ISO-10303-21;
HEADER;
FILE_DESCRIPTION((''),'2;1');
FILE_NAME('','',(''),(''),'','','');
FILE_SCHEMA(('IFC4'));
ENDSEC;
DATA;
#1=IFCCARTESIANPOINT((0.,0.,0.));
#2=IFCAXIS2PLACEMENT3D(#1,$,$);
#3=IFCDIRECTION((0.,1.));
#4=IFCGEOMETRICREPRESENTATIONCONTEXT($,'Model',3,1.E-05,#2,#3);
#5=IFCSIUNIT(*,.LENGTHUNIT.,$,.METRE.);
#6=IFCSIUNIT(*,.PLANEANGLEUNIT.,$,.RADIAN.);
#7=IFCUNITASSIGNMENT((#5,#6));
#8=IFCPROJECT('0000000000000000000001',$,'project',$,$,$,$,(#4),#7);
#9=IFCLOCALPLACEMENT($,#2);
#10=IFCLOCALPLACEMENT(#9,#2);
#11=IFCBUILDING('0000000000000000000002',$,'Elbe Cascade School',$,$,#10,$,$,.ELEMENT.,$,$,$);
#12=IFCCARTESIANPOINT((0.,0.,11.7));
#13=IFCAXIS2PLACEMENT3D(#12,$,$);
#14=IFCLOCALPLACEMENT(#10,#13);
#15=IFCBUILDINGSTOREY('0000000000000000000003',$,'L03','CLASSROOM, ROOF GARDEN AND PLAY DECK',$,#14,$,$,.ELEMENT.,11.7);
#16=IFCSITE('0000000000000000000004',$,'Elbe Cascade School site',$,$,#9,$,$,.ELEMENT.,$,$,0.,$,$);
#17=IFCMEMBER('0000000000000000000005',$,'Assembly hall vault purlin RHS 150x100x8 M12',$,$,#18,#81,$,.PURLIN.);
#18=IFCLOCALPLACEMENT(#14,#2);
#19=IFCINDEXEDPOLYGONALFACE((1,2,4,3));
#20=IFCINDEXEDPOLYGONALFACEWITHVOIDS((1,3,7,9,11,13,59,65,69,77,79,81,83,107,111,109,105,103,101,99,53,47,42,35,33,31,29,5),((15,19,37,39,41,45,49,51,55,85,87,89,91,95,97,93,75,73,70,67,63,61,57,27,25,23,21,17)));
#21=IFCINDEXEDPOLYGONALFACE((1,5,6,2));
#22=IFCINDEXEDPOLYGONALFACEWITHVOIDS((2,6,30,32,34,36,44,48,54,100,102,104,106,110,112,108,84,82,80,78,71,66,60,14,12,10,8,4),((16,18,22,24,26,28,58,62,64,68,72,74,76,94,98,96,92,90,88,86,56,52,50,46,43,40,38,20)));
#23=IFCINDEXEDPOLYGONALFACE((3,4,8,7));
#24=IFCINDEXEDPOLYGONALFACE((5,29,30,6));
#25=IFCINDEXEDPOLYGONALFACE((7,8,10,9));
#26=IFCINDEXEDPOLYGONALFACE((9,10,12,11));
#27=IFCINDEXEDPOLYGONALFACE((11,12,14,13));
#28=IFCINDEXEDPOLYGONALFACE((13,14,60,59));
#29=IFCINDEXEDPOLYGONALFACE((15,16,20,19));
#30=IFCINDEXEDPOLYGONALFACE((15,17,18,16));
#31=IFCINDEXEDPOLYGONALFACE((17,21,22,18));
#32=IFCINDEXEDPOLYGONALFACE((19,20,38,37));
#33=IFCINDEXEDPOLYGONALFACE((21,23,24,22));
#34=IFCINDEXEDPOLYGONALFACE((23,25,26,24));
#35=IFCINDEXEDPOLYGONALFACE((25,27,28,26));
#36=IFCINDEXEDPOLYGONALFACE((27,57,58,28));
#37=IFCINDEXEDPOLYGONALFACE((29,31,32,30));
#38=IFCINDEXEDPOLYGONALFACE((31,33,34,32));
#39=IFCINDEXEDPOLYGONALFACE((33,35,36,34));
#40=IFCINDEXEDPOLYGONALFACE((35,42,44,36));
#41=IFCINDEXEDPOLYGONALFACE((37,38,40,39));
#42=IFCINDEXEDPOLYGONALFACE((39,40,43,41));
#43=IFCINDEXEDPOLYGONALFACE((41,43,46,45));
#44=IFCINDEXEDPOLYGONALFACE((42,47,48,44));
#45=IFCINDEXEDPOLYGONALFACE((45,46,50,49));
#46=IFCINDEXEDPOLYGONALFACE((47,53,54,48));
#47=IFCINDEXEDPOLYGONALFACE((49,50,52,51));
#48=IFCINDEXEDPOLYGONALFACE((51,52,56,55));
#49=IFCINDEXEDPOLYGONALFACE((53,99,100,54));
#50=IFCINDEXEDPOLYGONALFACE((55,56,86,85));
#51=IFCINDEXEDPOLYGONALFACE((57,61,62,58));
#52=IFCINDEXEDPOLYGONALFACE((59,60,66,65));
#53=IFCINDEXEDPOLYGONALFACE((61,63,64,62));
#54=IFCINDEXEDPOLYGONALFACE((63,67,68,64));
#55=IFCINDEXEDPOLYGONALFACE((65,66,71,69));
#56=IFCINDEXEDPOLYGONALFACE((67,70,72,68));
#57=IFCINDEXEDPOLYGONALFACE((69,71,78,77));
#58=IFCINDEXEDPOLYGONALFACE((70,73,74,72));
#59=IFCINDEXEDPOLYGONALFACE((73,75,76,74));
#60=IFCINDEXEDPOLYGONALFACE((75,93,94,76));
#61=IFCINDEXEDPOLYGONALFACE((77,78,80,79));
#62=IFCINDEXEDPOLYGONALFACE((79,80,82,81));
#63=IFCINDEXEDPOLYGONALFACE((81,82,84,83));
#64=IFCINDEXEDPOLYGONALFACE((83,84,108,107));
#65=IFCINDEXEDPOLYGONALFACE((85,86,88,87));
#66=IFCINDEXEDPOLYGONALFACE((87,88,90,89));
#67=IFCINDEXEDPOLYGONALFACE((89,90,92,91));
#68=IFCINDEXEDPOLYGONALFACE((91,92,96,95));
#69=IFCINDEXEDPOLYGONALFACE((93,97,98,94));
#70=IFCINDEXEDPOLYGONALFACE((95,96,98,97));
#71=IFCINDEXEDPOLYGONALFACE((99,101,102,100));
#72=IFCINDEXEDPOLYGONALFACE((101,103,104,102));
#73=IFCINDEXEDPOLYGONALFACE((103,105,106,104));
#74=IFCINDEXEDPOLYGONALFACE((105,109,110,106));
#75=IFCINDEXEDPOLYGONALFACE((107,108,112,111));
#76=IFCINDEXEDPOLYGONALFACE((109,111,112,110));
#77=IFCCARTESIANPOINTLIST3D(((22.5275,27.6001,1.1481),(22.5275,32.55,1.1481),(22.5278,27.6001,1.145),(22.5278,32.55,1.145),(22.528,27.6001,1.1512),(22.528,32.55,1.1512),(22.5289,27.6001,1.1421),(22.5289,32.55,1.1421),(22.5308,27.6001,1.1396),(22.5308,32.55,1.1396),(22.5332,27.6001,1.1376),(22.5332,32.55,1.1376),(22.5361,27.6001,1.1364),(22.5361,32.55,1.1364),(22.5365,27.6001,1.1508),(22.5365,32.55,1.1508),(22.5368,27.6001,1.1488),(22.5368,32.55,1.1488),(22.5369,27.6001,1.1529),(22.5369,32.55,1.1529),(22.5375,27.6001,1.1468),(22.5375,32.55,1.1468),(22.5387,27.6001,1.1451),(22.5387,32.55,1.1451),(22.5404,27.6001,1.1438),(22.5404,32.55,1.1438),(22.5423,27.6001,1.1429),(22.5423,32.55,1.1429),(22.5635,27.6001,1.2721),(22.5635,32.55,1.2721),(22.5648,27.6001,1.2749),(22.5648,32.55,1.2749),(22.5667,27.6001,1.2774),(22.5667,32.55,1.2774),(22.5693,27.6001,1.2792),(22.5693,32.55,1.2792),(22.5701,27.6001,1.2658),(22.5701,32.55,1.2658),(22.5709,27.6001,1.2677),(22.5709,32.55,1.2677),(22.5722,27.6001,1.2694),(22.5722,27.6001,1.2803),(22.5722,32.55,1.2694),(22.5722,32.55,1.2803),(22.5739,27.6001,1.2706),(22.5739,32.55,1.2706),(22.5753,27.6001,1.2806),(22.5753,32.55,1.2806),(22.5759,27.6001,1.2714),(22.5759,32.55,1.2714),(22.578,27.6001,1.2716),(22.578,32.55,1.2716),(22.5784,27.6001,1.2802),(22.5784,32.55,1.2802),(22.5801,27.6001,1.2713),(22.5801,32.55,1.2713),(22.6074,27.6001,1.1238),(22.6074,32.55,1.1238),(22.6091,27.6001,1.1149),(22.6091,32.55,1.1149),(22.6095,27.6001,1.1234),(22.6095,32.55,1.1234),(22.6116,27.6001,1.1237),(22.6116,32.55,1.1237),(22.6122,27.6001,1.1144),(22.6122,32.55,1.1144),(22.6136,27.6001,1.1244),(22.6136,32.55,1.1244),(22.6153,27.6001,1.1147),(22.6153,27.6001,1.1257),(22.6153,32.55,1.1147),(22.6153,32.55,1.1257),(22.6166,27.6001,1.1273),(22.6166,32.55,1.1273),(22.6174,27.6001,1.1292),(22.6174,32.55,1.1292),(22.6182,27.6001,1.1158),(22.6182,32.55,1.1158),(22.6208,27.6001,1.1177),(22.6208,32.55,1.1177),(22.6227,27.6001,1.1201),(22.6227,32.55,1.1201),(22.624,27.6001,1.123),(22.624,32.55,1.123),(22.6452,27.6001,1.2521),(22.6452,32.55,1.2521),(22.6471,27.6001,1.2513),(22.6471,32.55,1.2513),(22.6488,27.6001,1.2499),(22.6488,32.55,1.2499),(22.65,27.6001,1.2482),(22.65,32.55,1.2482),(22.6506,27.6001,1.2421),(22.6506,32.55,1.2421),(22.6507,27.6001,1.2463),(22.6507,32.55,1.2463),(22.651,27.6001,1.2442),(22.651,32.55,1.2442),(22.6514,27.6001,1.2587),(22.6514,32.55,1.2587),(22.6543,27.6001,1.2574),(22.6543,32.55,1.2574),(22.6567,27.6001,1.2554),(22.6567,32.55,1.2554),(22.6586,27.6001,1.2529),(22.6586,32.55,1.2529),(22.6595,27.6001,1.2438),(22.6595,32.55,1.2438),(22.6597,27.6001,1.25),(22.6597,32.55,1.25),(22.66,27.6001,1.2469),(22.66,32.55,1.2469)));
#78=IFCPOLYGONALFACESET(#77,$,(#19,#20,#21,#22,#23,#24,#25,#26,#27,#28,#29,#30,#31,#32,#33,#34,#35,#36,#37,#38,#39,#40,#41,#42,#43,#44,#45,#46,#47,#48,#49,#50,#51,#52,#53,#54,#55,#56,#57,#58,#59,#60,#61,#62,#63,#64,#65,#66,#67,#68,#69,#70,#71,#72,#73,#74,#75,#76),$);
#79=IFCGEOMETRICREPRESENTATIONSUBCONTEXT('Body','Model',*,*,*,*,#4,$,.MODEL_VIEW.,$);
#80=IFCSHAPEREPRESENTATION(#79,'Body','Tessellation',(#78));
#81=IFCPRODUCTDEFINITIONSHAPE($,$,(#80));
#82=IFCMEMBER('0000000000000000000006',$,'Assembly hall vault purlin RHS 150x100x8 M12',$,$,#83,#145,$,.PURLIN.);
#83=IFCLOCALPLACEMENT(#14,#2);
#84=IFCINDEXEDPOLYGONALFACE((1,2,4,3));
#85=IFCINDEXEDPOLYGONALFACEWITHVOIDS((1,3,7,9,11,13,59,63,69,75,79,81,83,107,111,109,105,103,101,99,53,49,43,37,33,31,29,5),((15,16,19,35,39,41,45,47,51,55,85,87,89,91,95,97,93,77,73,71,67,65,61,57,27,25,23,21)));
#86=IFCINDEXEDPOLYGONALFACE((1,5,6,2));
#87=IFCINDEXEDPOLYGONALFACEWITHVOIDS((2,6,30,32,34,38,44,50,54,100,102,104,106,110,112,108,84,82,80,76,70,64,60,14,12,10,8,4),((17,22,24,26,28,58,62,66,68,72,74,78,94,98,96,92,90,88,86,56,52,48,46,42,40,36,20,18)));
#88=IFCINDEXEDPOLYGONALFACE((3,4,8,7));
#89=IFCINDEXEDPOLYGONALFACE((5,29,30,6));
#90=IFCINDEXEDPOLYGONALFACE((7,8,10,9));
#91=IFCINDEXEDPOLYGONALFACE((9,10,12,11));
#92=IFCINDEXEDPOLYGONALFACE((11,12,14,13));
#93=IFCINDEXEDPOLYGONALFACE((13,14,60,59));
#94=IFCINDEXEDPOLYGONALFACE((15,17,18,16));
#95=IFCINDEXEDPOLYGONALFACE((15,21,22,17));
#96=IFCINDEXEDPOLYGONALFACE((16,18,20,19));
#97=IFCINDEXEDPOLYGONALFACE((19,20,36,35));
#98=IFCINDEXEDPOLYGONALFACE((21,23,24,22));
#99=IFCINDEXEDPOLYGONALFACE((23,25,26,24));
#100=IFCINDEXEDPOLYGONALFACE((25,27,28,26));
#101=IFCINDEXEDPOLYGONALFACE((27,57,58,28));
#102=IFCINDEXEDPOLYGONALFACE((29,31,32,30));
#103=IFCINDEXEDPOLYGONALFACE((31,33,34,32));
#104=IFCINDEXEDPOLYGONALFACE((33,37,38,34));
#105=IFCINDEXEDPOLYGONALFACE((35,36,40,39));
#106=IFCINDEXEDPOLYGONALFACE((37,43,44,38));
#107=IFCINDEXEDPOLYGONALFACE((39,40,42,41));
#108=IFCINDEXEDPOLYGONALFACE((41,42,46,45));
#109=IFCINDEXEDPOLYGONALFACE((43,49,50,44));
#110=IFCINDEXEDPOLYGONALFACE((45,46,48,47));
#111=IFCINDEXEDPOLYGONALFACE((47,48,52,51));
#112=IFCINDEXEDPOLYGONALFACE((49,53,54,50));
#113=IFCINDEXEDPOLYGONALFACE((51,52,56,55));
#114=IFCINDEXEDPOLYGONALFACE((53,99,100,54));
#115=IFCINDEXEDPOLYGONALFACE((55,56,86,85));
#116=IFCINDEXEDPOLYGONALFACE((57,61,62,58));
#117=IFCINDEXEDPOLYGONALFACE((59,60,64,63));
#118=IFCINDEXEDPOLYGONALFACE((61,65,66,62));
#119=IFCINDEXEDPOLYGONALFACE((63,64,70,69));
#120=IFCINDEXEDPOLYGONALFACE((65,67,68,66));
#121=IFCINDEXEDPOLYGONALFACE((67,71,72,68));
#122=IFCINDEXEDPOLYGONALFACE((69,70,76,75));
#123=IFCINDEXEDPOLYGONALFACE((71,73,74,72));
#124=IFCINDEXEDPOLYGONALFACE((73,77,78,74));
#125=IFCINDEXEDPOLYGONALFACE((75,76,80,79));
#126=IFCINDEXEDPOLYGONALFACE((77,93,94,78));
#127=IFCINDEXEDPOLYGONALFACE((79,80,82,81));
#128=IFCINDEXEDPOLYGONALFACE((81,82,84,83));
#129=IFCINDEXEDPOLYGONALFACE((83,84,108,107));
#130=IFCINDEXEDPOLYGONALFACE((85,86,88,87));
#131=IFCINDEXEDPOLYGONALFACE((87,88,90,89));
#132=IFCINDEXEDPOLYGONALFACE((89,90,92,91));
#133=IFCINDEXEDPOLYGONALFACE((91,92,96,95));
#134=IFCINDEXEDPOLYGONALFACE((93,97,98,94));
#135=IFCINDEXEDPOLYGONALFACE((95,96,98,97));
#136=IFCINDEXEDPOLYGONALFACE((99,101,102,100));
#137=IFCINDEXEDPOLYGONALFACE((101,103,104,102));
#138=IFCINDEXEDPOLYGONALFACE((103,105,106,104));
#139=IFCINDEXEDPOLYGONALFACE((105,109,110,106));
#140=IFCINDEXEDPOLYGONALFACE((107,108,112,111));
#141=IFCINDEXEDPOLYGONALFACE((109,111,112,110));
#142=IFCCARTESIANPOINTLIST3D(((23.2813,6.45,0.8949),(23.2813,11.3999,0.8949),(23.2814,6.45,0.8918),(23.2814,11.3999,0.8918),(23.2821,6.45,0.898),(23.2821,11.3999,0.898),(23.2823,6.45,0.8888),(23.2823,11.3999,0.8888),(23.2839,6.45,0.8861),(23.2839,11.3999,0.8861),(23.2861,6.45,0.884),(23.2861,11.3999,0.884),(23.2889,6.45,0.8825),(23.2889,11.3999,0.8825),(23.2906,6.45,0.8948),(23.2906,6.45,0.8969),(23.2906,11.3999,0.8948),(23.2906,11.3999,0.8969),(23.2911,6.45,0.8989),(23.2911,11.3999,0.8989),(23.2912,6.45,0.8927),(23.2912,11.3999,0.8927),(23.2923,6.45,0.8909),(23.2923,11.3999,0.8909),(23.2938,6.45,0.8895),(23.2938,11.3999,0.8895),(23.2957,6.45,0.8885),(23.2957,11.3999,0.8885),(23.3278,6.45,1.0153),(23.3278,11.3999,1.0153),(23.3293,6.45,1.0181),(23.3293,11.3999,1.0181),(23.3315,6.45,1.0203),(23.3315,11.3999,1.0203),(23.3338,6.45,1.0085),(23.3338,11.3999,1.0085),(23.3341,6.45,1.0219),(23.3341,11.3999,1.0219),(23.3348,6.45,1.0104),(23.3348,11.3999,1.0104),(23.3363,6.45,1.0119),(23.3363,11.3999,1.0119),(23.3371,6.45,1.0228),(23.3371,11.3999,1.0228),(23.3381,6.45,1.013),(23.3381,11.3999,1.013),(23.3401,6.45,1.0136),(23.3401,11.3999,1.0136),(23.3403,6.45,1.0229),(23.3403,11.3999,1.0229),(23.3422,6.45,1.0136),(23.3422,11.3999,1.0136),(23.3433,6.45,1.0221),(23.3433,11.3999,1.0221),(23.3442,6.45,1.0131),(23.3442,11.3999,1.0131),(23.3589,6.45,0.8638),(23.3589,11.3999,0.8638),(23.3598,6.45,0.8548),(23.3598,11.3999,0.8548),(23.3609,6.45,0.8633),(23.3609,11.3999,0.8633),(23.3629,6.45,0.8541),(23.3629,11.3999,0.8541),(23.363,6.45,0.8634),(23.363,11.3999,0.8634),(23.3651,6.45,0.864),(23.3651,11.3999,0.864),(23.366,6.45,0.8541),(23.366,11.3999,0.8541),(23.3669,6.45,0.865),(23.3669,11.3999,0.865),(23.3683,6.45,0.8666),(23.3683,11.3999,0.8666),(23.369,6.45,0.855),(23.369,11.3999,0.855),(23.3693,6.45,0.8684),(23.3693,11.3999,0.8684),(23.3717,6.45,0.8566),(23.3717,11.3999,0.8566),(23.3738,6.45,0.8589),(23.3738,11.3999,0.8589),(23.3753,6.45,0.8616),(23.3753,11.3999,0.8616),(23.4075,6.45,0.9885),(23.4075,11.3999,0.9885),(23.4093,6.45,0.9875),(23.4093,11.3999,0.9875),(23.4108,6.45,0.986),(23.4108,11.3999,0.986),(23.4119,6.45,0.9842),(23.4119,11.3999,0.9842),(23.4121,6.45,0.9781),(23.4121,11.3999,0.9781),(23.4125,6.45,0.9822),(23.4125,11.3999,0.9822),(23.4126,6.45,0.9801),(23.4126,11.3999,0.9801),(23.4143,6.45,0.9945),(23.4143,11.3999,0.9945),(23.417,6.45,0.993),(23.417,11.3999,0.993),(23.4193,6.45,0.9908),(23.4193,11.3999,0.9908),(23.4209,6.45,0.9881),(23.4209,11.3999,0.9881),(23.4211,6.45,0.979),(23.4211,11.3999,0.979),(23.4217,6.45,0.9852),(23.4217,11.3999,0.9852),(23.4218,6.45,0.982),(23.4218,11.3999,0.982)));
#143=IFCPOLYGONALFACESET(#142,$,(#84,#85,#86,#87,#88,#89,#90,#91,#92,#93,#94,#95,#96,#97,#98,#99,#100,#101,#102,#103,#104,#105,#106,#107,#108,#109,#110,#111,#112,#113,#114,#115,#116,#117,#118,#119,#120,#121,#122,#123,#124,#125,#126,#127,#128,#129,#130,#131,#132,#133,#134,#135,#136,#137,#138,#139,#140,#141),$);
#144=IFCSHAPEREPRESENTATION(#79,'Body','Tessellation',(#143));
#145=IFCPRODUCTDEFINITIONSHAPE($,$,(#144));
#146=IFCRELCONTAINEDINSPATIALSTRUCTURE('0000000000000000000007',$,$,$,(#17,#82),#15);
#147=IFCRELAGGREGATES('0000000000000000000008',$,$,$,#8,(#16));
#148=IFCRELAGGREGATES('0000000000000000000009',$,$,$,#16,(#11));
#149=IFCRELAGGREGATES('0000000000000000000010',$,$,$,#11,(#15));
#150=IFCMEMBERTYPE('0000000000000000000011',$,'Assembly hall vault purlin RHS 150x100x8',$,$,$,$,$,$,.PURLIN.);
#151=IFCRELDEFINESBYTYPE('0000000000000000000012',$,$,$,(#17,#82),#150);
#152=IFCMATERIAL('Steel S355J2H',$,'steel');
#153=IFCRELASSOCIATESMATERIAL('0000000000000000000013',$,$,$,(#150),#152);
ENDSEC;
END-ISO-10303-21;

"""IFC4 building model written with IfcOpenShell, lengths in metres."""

from ifc_helpers import new_model, si_unit, direction, frame, origin, origin_2d, place, context, subcontext, project, spatial, hollow_rectangle, extrude, material, material_profile, profile_set, type_object, element, save


model = new_model("IFC4")

# Units and contexts
model_context = context("Model", 3, precision=1e-05, world=origin(), true_north=direction((0.0, 1.0)))
body_context = subcontext(model_context, "Body", "Model", "MODEL_VIEW")
ifc_project = project(units=[si_unit("LENGTHUNIT", "METRE"), si_unit("PLANEANGLEUNIT", "RADIAN")], contexts=[model_context])

# Site, building, storey
site_placement = place(None, origin())
site = spatial("IfcSite", under=ifc_project, at=site_placement, Name="Elbe Cascade School site", CompositionType="ELEMENT", RefElevation=0.0)
building_placement = place(site_placement, origin())
building = spatial("IfcBuilding", under=site, at=building_placement, Name="Elbe Cascade School", CompositionType="ELEMENT")
storey_placement = place(building_placement, frame((0.0, 0.0, 11.7)))
storey = spatial("IfcBuildingStorey", under=building, at=storey_placement, Name="L03", Description="CLASSROOM, ROOF GARDEN AND PLAY DECK", CompositionType="ELEMENT", Elevation=11.7)

# Members
ifc_material_1 = material(Name="Steel S355J2H", Category="steel")
ifc_material_profile_1 = material_profile(ifc_material_1, hollow_rectangle(XDim=0.1001, YDim=0.1499, WallThickness=0.0081, InnerFilletRadius=0.0081, OuterFilletRadius=0.012, at=origin_2d()), Name="RHS 150x100x8")
ifc_profile_set_1 = profile_set([ifc_material_profile_1], Name="Steel S355J2H")
member_type_1 = type_object("IfcMemberType", Name="Assembly hall vault purlin RHS 150x100x8", PredefinedType="PURLIN", material=ifc_profile_set_1)
for number, where, z_axis, x_axis, name in (
    (1, (22.5938, 27.6001, 1.1975), (0.0, 1.0, 0.0), (-0.959321, 0.0, 0.282318), "Assembly hall vault purlin RHS 150x100x8 M12"),
    (2, (23.3516, 6.45, 0.9385), (0.0, 1.0, 0.0), (-0.93176, 0.0, 0.363076), "Assembly hall vault purlin RHS 150x100x8 M12"),
):
    element("IfcMember", number, at=place(storey_placement, frame(where, z_axis=z_axis, x_axis=x_axis)), inside=storey, type_object=member_type_1, Name=name, PredefinedType="PURLIN", context=body_context, shape_type="SweptSolid", body=[
        extrude(hollow_rectangle(XDim=0.1001, YDim=0.1499, WallThickness=0.0081, InnerFilletRadius=0.0081, OuterFilletRadius=0.012, at=origin_2d()), origin(), (0.0, 0.0, 1.0), 4.95),
    ])

save(model, "model.ifc")
